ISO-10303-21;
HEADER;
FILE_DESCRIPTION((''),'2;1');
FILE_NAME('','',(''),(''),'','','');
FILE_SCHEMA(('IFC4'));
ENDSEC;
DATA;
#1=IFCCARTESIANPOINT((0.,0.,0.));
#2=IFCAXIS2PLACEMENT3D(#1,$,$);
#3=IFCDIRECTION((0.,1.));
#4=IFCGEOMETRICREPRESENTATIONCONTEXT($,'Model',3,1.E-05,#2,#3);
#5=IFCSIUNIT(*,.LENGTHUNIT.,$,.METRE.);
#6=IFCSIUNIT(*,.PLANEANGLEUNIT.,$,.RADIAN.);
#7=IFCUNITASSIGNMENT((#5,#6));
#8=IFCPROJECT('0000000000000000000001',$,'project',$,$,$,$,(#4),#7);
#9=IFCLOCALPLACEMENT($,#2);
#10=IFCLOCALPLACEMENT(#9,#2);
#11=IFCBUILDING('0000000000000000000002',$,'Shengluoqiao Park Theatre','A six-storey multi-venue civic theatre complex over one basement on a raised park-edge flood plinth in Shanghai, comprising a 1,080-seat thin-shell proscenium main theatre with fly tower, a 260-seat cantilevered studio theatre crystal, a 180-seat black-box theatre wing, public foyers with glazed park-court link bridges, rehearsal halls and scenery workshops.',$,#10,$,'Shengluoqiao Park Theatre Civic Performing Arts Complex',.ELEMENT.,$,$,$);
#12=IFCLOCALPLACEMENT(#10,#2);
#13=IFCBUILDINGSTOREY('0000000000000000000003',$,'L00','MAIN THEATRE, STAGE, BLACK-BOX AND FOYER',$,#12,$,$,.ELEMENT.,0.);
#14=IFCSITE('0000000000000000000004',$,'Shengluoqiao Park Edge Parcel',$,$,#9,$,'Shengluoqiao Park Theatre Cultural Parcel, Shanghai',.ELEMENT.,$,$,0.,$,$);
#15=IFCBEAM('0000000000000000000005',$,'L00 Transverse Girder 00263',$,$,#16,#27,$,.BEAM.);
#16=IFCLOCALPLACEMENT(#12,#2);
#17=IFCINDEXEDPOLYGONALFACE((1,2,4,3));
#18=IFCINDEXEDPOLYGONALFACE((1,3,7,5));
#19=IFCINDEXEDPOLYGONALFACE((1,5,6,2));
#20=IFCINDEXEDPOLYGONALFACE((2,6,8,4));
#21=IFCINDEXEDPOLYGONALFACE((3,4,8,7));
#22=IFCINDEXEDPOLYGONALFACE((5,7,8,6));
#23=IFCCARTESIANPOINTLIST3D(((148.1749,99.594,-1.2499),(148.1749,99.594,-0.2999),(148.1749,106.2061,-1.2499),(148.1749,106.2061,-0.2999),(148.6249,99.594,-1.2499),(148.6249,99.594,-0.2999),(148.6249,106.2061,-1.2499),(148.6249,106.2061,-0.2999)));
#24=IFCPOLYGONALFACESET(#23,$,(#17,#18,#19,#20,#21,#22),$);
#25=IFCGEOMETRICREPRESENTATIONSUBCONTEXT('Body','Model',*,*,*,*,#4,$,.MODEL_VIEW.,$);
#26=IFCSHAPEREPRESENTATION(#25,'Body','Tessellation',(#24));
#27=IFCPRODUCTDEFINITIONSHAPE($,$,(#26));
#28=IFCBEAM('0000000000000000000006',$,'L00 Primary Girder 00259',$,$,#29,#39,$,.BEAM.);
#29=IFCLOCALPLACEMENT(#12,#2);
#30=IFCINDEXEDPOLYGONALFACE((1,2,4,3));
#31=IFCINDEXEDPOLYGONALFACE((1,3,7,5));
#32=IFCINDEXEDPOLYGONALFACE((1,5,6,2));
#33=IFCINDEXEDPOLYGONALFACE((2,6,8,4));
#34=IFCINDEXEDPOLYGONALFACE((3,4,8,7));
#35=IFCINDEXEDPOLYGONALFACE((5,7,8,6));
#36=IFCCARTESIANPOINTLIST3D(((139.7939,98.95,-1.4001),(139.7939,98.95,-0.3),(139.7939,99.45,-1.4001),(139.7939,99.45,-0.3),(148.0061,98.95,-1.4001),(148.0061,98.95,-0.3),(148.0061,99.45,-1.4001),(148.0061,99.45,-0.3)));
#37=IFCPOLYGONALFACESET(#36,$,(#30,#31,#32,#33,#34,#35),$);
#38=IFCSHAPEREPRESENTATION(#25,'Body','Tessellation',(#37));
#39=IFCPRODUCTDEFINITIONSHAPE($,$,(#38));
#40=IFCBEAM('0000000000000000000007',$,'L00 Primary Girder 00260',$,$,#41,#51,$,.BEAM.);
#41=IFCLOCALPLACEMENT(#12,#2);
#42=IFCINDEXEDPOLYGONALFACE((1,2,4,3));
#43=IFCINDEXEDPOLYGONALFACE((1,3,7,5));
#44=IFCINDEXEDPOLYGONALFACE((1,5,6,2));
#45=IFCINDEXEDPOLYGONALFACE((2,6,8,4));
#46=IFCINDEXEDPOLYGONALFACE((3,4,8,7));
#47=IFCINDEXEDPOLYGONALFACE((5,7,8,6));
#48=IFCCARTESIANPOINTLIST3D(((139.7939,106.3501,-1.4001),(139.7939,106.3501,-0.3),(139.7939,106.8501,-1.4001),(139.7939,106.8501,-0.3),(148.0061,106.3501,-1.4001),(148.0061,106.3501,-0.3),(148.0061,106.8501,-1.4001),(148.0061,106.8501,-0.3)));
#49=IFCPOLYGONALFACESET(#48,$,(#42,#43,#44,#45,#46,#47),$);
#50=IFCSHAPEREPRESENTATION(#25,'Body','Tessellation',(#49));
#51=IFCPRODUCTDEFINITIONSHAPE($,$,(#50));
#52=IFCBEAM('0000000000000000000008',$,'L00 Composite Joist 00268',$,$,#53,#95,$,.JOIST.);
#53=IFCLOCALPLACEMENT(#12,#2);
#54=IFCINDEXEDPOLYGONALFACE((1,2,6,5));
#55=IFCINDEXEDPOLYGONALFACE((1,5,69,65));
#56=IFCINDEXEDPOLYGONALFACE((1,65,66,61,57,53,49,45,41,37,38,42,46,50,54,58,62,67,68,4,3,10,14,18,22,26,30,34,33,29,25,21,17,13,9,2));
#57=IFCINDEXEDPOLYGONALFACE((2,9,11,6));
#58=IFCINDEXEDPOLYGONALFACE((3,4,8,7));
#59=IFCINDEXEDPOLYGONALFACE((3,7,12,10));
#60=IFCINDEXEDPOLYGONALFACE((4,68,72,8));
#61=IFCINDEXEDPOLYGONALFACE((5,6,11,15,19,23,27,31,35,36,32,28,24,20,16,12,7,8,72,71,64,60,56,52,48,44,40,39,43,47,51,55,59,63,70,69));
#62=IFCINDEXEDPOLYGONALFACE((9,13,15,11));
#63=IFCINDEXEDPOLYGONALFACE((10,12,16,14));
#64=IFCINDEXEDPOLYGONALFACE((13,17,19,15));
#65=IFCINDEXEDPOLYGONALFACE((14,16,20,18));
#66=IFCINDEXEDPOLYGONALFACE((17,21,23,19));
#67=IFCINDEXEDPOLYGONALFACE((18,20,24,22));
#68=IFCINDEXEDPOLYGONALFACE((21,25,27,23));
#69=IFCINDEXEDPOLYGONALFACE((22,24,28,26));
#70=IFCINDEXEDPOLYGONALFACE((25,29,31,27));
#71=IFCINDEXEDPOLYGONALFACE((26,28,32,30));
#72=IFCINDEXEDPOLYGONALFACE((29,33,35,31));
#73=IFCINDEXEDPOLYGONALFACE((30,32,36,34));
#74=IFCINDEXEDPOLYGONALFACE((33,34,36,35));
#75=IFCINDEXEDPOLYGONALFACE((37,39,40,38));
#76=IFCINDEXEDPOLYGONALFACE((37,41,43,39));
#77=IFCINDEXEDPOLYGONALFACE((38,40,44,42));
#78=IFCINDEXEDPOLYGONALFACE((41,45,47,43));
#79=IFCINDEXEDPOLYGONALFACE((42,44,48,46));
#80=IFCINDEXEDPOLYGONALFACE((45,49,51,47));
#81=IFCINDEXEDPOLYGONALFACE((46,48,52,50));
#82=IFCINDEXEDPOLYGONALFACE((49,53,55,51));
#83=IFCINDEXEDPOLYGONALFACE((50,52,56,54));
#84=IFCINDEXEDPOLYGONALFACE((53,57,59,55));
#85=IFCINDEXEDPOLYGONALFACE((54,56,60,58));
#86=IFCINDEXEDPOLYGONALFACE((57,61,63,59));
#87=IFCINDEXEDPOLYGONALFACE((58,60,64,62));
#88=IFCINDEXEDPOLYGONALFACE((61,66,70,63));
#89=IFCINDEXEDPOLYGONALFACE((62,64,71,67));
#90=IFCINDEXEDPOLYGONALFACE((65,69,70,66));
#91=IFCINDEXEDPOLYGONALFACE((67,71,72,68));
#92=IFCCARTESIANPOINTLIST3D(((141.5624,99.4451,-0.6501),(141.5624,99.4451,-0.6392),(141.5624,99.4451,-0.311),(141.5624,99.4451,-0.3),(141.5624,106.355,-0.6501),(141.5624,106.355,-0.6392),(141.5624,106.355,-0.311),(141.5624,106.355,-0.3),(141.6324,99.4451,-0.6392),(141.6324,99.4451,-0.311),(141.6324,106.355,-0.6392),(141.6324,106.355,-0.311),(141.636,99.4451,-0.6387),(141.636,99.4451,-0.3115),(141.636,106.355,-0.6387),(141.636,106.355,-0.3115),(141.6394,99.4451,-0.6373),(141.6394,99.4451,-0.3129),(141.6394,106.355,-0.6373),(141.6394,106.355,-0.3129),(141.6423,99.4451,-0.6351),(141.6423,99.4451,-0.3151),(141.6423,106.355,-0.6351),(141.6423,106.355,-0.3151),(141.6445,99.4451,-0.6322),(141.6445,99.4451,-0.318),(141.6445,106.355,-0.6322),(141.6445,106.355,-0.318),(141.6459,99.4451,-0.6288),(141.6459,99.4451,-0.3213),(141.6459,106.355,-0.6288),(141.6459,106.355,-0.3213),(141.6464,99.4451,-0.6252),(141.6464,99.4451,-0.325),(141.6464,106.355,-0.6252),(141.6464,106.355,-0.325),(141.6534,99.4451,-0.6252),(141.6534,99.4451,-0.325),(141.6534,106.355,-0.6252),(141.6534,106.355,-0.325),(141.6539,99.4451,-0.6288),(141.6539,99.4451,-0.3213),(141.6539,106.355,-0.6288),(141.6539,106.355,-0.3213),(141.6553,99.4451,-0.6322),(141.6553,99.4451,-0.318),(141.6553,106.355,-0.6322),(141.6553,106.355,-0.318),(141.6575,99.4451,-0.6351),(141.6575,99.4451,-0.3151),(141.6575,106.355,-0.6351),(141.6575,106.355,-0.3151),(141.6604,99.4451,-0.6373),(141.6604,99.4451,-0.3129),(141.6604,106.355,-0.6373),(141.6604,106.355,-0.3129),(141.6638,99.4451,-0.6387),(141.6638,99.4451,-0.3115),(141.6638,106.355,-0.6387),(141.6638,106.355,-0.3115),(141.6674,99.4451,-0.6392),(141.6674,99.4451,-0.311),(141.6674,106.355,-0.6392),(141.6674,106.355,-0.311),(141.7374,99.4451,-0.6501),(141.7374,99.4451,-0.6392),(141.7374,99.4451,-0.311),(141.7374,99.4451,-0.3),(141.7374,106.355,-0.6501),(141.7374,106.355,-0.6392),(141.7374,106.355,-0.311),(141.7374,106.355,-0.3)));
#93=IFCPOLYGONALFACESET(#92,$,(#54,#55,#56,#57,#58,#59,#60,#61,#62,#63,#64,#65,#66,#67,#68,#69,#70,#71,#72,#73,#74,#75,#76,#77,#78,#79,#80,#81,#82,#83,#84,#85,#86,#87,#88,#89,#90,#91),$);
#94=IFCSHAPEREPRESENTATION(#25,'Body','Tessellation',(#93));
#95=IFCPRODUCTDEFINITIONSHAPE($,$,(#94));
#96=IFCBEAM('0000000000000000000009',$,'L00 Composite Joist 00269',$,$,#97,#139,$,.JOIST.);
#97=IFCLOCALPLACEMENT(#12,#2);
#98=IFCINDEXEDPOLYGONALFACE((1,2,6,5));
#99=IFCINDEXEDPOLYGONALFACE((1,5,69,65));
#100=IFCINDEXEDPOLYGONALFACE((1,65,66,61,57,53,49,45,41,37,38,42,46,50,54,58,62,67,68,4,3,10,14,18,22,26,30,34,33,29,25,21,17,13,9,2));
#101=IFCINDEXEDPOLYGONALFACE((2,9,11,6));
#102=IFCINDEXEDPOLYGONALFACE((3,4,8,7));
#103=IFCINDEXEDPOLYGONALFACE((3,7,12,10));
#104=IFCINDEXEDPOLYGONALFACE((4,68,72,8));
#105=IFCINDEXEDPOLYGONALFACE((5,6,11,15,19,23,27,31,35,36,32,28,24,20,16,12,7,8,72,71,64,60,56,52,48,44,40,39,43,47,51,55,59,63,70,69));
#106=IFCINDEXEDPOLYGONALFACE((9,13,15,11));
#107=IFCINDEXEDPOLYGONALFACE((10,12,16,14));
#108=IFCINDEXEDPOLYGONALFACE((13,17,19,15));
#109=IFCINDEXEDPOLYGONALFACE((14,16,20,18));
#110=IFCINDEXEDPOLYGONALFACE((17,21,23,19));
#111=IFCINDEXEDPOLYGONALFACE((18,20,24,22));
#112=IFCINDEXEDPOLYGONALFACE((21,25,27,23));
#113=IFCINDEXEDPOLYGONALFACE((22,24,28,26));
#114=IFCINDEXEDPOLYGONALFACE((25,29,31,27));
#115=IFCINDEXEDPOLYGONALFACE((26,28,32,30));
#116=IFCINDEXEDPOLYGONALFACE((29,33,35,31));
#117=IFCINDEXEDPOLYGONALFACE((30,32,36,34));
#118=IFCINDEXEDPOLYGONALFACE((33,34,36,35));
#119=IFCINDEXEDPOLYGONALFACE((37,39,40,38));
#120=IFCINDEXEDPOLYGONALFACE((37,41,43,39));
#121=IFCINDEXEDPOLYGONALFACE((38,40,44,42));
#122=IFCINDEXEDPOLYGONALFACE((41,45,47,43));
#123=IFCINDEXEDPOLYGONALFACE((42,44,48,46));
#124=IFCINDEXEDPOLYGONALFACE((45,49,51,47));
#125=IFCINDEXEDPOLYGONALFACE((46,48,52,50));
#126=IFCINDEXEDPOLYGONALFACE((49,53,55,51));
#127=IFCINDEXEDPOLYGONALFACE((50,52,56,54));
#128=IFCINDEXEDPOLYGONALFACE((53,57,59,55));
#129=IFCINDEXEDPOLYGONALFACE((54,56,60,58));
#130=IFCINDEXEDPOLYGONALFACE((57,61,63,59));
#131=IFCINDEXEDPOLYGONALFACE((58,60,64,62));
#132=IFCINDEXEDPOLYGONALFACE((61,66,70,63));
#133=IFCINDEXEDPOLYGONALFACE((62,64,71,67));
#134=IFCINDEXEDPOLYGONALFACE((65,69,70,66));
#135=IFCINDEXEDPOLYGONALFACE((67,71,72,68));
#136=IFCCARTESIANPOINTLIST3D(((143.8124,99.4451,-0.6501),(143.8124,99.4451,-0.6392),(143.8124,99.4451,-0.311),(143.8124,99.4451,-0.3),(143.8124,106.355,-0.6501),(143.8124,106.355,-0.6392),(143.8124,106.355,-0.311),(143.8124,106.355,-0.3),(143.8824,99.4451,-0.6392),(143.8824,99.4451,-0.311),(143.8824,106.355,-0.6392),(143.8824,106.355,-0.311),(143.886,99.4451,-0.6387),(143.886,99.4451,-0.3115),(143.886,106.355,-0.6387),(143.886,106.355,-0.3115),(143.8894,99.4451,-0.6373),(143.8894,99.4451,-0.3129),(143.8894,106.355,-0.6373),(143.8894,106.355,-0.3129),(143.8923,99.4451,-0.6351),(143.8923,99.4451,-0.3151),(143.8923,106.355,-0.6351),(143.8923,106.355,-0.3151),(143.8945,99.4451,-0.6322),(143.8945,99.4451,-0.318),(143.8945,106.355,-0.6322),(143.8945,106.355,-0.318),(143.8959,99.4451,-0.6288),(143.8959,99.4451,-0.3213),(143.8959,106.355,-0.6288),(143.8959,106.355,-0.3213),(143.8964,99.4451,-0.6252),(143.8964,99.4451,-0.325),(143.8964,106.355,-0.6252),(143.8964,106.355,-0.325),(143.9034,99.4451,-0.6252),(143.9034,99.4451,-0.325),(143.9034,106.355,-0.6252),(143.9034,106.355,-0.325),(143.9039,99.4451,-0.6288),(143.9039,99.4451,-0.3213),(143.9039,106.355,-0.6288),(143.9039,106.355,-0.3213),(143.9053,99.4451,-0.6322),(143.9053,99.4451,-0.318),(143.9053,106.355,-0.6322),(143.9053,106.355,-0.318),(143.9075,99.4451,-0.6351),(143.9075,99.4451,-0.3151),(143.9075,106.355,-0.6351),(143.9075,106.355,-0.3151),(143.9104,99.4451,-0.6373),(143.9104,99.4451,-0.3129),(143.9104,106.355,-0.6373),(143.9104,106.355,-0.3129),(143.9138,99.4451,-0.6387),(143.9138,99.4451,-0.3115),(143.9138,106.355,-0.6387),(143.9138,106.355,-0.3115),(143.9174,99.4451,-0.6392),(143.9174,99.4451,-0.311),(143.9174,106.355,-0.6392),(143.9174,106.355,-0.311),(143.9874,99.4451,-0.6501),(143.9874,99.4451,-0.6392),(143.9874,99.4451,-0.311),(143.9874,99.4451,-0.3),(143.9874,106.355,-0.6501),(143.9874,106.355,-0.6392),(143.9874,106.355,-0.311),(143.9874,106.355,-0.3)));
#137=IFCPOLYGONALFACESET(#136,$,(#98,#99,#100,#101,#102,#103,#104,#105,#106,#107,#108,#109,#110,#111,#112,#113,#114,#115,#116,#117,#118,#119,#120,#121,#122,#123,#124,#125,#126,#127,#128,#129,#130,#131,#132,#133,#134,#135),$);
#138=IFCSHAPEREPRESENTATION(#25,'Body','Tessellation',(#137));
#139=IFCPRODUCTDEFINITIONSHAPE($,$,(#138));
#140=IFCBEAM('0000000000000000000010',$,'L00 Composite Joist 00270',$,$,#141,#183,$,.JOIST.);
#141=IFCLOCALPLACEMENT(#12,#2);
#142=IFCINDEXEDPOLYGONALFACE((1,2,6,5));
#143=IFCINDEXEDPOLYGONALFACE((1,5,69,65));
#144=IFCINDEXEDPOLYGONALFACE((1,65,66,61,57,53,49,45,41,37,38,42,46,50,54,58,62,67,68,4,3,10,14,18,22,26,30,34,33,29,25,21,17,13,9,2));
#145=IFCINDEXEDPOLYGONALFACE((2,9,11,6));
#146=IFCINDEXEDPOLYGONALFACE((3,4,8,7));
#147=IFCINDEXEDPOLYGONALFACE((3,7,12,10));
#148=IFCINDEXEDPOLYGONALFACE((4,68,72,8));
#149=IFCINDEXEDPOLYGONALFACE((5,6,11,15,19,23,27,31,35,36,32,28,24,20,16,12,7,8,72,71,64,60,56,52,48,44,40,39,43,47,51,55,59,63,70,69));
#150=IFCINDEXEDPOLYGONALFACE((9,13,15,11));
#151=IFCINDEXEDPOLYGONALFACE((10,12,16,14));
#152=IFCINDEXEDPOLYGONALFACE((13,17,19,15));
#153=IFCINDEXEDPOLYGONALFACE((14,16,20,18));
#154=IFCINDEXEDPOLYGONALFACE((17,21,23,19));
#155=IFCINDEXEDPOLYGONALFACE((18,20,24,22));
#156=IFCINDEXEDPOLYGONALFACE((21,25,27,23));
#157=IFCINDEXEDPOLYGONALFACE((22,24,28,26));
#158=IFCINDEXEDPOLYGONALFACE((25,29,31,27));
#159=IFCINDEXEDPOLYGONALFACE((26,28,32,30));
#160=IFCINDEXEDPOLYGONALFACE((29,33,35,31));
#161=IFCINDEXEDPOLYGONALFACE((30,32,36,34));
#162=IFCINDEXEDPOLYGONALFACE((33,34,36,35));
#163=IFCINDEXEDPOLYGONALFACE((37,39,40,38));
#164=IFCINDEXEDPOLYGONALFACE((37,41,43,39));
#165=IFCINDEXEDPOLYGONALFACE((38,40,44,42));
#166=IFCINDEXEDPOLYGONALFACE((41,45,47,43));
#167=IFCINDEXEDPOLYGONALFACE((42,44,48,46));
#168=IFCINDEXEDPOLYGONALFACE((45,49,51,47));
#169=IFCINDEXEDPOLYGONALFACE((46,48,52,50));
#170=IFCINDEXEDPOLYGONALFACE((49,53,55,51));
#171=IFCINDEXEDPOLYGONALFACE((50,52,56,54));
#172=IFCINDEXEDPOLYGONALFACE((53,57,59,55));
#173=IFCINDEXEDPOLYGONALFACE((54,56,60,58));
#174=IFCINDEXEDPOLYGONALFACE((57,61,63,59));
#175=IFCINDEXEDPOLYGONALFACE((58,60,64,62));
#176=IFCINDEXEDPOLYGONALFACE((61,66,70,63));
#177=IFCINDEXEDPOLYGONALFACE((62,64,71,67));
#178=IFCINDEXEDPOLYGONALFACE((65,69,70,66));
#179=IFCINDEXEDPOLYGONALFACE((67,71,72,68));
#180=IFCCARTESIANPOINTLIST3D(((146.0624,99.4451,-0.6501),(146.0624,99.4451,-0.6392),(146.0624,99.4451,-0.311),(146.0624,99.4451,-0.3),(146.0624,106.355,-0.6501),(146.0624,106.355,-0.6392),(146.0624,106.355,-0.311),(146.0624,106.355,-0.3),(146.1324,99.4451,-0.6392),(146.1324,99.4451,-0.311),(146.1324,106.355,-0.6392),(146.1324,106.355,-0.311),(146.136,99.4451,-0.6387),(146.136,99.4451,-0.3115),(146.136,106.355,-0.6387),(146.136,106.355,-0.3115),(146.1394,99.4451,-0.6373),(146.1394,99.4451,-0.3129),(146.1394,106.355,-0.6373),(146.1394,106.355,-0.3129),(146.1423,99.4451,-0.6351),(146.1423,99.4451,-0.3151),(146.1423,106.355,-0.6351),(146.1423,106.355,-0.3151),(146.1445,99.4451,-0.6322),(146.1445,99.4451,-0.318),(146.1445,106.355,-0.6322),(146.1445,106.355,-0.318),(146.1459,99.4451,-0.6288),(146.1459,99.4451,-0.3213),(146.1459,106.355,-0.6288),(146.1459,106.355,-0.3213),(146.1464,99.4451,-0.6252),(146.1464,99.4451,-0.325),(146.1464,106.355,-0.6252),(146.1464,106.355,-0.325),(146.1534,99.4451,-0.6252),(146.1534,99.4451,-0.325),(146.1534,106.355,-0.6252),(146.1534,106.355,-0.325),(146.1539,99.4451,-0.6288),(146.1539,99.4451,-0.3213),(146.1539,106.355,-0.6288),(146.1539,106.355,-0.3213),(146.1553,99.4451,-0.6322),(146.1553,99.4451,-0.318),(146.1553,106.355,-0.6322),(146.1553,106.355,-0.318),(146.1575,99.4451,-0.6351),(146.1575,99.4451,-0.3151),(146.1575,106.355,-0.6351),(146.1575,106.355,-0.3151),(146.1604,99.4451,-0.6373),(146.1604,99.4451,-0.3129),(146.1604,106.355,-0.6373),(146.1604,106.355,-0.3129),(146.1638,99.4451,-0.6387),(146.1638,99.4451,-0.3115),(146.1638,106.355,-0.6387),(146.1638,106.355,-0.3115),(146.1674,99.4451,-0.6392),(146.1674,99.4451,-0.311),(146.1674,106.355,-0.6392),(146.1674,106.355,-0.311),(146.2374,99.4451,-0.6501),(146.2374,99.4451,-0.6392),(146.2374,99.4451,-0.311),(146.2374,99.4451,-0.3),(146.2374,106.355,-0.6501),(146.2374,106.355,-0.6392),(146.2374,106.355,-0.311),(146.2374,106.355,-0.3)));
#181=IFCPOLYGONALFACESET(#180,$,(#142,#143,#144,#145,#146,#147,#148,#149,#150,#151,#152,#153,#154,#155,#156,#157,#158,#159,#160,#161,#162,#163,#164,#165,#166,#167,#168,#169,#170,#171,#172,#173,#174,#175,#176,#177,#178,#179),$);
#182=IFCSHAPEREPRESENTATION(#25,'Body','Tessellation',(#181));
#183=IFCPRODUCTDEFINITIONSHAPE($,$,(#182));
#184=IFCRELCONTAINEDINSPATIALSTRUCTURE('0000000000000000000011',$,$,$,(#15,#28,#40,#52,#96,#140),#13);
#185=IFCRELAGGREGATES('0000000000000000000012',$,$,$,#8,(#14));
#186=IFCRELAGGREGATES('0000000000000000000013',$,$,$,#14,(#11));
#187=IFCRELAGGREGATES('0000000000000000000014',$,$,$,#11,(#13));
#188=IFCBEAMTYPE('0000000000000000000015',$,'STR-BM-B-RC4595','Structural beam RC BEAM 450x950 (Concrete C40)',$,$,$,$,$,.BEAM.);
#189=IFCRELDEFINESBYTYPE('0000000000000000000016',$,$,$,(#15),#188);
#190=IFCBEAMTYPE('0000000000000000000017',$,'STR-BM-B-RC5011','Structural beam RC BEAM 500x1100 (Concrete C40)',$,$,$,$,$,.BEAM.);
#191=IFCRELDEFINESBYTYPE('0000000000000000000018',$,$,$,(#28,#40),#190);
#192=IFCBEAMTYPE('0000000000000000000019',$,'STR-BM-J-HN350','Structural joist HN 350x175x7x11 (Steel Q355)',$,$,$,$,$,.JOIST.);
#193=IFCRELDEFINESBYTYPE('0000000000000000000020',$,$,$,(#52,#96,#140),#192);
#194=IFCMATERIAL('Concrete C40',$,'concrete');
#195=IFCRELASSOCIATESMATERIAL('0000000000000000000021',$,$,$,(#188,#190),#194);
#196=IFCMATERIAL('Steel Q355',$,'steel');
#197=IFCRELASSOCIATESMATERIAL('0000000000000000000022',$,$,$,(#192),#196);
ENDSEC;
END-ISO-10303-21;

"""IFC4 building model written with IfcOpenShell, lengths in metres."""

from ifc_helpers import new_model, si_unit, direction, frame, origin, origin_2d, place, context, subcontext, project, spatial, rectangle, i_section, extrude, material, material_profile, profile_set, type_object, element, save


model = new_model("IFC4")

# Units and contexts
model_context = context("Model", 3, precision=1e-05, world=origin(), true_north=direction((0.0, 1.0)))
body_context = subcontext(model_context, "Body", "Model", "MODEL_VIEW")
ifc_project = project(units=[si_unit("LENGTHUNIT", "METRE"), si_unit("PLANEANGLEUNIT", "RADIAN")], contexts=[model_context])

# Site, building, storey
site_placement = place(None, origin())
site = spatial("IfcSite", under=ifc_project, at=site_placement, Name="Shengluoqiao Park Edge Parcel", LongName="Shengluoqiao Park Theatre Cultural Parcel, Shanghai", CompositionType="ELEMENT", RefElevation=0.0)
building_placement = place(site_placement, origin())
building = spatial("IfcBuilding", under=site, at=building_placement, Name="Shengluoqiao Park Theatre", Description="A six-storey multi-venue civic theatre complex over one basement on a raised park-edge flood plinth in Shanghai, comprising a 1,080-seat thin-shell proscenium main theatre with fly tower, a 260-seat cantilevered studio theatre crystal, a 180-seat black-box theatre wing, public foyers with glazed park-court link bridges, rehearsal halls and scenery workshops.", LongName="Shengluoqiao Park Theatre Civic Performing Arts Complex", CompositionType="ELEMENT")
storey_placement = place(building_placement, origin())
storey = spatial("IfcBuildingStorey", under=building, at=storey_placement, Name="L00", Description="MAIN THEATRE, STAGE, BLACK-BOX AND FOYER", CompositionType="ELEMENT", Elevation=0.0)

# Beams
ifc_material_1 = material(Name="Concrete C40", Category="concrete")
ifc_material_profile_1 = material_profile(ifc_material_1, rectangle(XDim=0.45, YDim=0.95, at=origin_2d()), Name="RC BEAM 450x950")
ifc_profile_set_1 = profile_set([ifc_material_profile_1], Name="Concrete C40")
beam_type_1 = type_object("IfcBeamType", Name="STR-BM-B-RC4595", Description="Structural beam RC BEAM 450x950 (Concrete C40)", PredefinedType="BEAM", material=ifc_profile_set_1)
for number, where, z_axis, x_axis, name in (
    (1, (148.3999, 99.594, -0.7749), (0.0, 1.0, 0.0), (-1.0, 0.0, 0.0), "L00 Transverse Girder 00263"),
):
    element("IfcBeam", number, at=place(storey_placement, frame(where, z_axis=z_axis, x_axis=x_axis)), inside=storey, type_object=beam_type_1, Name=name, PredefinedType="BEAM", context=body_context, shape_type="SweptSolid", body=[
        extrude(rectangle(XDim=0.45, YDim=0.95, at=origin_2d()), origin(), (0.0, 0.0, 1.0), 6.6121),
    ])
ifc_material_profile_2 = material_profile(ifc_material_1, rectangle(XDim=0.5, YDim=1.1001, at=origin_2d()), Name="RC BEAM 500x1100")
ifc_profile_set_2 = profile_set([ifc_material_profile_2], Name="Concrete C40")
beam_type_2 = type_object("IfcBeamType", Name="STR-BM-B-RC5011", Description="Structural beam RC BEAM 500x1100 (Concrete C40)", PredefinedType="BEAM", material=ifc_profile_set_2)
for number, where, z_axis, x_axis, name in (
    (2, (139.7939, 99.2, -0.8501), (1.0, 0.0, 0.0), (0.0, 1.0, 0.0), "L00 Primary Girder 00259"),
    (3, (139.7939, 106.6001, -0.8501), (1.0, 0.0, 0.0), (0.0, 1.0, 0.0), "L00 Primary Girder 00260"),
):
    element("IfcBeam", number, at=place(storey_placement, frame(where, z_axis=z_axis, x_axis=x_axis)), inside=storey, type_object=beam_type_2, Name=name, PredefinedType="BEAM", context=body_context, shape_type="SweptSolid", body=[
        extrude(rectangle(XDim=0.5, YDim=1.1001, at=origin_2d()), origin(), (0.0, 0.0, 1.0), 8.2122),
    ])
ifc_material_2 = material(Name="Steel Q355", Category="steel")
ifc_material_profile_3 = material_profile(ifc_material_2, i_section(OverallWidth=0.175, OverallDepth=0.3501, WebThickness=0.0071, FlangeThickness=0.011, FilletRadius=0.0139, at=origin_2d()), Name="HN 350x175x7x11")
ifc_profile_set_3 = profile_set([ifc_material_profile_3], Name="Steel Q355")
beam_type_3 = type_object("IfcBeamType", Name="STR-BM-J-HN350", Description="Structural joist HN 350x175x7x11 (Steel Q355)", PredefinedType="JOIST", material=ifc_profile_set_3)
for number, where, z_axis, x_axis, name in (
    (4, (141.6499, 99.4451, -0.4751), (0.0, 1.0, 0.0), (-1.0, 0.0, 0.0), "L00 Composite Joist 00268"),
    (5, (143.8999, 99.4451, -0.4751), (0.0, 1.0, 0.0), (-1.0, 0.0, 0.0), "L00 Composite Joist 00269"),
    (6, (146.1499, 99.4451, -0.4751), (0.0, 1.0, 0.0), (-1.0, 0.0, 0.0), "L00 Composite Joist 00270"),
):
    element("IfcBeam", number, at=place(storey_placement, frame(where, z_axis=z_axis, x_axis=x_axis)), inside=storey, type_object=beam_type_3, Name=name, PredefinedType="JOIST", context=body_context, shape_type="SweptSolid", body=[
        extrude(i_section(OverallWidth=0.175, OverallDepth=0.3501, WebThickness=0.0071, FlangeThickness=0.011, FilletRadius=0.0139, at=origin_2d()), origin(), (0.0, 0.0, 1.0), 6.9099),
    ])

save(model, "model.ifc")
